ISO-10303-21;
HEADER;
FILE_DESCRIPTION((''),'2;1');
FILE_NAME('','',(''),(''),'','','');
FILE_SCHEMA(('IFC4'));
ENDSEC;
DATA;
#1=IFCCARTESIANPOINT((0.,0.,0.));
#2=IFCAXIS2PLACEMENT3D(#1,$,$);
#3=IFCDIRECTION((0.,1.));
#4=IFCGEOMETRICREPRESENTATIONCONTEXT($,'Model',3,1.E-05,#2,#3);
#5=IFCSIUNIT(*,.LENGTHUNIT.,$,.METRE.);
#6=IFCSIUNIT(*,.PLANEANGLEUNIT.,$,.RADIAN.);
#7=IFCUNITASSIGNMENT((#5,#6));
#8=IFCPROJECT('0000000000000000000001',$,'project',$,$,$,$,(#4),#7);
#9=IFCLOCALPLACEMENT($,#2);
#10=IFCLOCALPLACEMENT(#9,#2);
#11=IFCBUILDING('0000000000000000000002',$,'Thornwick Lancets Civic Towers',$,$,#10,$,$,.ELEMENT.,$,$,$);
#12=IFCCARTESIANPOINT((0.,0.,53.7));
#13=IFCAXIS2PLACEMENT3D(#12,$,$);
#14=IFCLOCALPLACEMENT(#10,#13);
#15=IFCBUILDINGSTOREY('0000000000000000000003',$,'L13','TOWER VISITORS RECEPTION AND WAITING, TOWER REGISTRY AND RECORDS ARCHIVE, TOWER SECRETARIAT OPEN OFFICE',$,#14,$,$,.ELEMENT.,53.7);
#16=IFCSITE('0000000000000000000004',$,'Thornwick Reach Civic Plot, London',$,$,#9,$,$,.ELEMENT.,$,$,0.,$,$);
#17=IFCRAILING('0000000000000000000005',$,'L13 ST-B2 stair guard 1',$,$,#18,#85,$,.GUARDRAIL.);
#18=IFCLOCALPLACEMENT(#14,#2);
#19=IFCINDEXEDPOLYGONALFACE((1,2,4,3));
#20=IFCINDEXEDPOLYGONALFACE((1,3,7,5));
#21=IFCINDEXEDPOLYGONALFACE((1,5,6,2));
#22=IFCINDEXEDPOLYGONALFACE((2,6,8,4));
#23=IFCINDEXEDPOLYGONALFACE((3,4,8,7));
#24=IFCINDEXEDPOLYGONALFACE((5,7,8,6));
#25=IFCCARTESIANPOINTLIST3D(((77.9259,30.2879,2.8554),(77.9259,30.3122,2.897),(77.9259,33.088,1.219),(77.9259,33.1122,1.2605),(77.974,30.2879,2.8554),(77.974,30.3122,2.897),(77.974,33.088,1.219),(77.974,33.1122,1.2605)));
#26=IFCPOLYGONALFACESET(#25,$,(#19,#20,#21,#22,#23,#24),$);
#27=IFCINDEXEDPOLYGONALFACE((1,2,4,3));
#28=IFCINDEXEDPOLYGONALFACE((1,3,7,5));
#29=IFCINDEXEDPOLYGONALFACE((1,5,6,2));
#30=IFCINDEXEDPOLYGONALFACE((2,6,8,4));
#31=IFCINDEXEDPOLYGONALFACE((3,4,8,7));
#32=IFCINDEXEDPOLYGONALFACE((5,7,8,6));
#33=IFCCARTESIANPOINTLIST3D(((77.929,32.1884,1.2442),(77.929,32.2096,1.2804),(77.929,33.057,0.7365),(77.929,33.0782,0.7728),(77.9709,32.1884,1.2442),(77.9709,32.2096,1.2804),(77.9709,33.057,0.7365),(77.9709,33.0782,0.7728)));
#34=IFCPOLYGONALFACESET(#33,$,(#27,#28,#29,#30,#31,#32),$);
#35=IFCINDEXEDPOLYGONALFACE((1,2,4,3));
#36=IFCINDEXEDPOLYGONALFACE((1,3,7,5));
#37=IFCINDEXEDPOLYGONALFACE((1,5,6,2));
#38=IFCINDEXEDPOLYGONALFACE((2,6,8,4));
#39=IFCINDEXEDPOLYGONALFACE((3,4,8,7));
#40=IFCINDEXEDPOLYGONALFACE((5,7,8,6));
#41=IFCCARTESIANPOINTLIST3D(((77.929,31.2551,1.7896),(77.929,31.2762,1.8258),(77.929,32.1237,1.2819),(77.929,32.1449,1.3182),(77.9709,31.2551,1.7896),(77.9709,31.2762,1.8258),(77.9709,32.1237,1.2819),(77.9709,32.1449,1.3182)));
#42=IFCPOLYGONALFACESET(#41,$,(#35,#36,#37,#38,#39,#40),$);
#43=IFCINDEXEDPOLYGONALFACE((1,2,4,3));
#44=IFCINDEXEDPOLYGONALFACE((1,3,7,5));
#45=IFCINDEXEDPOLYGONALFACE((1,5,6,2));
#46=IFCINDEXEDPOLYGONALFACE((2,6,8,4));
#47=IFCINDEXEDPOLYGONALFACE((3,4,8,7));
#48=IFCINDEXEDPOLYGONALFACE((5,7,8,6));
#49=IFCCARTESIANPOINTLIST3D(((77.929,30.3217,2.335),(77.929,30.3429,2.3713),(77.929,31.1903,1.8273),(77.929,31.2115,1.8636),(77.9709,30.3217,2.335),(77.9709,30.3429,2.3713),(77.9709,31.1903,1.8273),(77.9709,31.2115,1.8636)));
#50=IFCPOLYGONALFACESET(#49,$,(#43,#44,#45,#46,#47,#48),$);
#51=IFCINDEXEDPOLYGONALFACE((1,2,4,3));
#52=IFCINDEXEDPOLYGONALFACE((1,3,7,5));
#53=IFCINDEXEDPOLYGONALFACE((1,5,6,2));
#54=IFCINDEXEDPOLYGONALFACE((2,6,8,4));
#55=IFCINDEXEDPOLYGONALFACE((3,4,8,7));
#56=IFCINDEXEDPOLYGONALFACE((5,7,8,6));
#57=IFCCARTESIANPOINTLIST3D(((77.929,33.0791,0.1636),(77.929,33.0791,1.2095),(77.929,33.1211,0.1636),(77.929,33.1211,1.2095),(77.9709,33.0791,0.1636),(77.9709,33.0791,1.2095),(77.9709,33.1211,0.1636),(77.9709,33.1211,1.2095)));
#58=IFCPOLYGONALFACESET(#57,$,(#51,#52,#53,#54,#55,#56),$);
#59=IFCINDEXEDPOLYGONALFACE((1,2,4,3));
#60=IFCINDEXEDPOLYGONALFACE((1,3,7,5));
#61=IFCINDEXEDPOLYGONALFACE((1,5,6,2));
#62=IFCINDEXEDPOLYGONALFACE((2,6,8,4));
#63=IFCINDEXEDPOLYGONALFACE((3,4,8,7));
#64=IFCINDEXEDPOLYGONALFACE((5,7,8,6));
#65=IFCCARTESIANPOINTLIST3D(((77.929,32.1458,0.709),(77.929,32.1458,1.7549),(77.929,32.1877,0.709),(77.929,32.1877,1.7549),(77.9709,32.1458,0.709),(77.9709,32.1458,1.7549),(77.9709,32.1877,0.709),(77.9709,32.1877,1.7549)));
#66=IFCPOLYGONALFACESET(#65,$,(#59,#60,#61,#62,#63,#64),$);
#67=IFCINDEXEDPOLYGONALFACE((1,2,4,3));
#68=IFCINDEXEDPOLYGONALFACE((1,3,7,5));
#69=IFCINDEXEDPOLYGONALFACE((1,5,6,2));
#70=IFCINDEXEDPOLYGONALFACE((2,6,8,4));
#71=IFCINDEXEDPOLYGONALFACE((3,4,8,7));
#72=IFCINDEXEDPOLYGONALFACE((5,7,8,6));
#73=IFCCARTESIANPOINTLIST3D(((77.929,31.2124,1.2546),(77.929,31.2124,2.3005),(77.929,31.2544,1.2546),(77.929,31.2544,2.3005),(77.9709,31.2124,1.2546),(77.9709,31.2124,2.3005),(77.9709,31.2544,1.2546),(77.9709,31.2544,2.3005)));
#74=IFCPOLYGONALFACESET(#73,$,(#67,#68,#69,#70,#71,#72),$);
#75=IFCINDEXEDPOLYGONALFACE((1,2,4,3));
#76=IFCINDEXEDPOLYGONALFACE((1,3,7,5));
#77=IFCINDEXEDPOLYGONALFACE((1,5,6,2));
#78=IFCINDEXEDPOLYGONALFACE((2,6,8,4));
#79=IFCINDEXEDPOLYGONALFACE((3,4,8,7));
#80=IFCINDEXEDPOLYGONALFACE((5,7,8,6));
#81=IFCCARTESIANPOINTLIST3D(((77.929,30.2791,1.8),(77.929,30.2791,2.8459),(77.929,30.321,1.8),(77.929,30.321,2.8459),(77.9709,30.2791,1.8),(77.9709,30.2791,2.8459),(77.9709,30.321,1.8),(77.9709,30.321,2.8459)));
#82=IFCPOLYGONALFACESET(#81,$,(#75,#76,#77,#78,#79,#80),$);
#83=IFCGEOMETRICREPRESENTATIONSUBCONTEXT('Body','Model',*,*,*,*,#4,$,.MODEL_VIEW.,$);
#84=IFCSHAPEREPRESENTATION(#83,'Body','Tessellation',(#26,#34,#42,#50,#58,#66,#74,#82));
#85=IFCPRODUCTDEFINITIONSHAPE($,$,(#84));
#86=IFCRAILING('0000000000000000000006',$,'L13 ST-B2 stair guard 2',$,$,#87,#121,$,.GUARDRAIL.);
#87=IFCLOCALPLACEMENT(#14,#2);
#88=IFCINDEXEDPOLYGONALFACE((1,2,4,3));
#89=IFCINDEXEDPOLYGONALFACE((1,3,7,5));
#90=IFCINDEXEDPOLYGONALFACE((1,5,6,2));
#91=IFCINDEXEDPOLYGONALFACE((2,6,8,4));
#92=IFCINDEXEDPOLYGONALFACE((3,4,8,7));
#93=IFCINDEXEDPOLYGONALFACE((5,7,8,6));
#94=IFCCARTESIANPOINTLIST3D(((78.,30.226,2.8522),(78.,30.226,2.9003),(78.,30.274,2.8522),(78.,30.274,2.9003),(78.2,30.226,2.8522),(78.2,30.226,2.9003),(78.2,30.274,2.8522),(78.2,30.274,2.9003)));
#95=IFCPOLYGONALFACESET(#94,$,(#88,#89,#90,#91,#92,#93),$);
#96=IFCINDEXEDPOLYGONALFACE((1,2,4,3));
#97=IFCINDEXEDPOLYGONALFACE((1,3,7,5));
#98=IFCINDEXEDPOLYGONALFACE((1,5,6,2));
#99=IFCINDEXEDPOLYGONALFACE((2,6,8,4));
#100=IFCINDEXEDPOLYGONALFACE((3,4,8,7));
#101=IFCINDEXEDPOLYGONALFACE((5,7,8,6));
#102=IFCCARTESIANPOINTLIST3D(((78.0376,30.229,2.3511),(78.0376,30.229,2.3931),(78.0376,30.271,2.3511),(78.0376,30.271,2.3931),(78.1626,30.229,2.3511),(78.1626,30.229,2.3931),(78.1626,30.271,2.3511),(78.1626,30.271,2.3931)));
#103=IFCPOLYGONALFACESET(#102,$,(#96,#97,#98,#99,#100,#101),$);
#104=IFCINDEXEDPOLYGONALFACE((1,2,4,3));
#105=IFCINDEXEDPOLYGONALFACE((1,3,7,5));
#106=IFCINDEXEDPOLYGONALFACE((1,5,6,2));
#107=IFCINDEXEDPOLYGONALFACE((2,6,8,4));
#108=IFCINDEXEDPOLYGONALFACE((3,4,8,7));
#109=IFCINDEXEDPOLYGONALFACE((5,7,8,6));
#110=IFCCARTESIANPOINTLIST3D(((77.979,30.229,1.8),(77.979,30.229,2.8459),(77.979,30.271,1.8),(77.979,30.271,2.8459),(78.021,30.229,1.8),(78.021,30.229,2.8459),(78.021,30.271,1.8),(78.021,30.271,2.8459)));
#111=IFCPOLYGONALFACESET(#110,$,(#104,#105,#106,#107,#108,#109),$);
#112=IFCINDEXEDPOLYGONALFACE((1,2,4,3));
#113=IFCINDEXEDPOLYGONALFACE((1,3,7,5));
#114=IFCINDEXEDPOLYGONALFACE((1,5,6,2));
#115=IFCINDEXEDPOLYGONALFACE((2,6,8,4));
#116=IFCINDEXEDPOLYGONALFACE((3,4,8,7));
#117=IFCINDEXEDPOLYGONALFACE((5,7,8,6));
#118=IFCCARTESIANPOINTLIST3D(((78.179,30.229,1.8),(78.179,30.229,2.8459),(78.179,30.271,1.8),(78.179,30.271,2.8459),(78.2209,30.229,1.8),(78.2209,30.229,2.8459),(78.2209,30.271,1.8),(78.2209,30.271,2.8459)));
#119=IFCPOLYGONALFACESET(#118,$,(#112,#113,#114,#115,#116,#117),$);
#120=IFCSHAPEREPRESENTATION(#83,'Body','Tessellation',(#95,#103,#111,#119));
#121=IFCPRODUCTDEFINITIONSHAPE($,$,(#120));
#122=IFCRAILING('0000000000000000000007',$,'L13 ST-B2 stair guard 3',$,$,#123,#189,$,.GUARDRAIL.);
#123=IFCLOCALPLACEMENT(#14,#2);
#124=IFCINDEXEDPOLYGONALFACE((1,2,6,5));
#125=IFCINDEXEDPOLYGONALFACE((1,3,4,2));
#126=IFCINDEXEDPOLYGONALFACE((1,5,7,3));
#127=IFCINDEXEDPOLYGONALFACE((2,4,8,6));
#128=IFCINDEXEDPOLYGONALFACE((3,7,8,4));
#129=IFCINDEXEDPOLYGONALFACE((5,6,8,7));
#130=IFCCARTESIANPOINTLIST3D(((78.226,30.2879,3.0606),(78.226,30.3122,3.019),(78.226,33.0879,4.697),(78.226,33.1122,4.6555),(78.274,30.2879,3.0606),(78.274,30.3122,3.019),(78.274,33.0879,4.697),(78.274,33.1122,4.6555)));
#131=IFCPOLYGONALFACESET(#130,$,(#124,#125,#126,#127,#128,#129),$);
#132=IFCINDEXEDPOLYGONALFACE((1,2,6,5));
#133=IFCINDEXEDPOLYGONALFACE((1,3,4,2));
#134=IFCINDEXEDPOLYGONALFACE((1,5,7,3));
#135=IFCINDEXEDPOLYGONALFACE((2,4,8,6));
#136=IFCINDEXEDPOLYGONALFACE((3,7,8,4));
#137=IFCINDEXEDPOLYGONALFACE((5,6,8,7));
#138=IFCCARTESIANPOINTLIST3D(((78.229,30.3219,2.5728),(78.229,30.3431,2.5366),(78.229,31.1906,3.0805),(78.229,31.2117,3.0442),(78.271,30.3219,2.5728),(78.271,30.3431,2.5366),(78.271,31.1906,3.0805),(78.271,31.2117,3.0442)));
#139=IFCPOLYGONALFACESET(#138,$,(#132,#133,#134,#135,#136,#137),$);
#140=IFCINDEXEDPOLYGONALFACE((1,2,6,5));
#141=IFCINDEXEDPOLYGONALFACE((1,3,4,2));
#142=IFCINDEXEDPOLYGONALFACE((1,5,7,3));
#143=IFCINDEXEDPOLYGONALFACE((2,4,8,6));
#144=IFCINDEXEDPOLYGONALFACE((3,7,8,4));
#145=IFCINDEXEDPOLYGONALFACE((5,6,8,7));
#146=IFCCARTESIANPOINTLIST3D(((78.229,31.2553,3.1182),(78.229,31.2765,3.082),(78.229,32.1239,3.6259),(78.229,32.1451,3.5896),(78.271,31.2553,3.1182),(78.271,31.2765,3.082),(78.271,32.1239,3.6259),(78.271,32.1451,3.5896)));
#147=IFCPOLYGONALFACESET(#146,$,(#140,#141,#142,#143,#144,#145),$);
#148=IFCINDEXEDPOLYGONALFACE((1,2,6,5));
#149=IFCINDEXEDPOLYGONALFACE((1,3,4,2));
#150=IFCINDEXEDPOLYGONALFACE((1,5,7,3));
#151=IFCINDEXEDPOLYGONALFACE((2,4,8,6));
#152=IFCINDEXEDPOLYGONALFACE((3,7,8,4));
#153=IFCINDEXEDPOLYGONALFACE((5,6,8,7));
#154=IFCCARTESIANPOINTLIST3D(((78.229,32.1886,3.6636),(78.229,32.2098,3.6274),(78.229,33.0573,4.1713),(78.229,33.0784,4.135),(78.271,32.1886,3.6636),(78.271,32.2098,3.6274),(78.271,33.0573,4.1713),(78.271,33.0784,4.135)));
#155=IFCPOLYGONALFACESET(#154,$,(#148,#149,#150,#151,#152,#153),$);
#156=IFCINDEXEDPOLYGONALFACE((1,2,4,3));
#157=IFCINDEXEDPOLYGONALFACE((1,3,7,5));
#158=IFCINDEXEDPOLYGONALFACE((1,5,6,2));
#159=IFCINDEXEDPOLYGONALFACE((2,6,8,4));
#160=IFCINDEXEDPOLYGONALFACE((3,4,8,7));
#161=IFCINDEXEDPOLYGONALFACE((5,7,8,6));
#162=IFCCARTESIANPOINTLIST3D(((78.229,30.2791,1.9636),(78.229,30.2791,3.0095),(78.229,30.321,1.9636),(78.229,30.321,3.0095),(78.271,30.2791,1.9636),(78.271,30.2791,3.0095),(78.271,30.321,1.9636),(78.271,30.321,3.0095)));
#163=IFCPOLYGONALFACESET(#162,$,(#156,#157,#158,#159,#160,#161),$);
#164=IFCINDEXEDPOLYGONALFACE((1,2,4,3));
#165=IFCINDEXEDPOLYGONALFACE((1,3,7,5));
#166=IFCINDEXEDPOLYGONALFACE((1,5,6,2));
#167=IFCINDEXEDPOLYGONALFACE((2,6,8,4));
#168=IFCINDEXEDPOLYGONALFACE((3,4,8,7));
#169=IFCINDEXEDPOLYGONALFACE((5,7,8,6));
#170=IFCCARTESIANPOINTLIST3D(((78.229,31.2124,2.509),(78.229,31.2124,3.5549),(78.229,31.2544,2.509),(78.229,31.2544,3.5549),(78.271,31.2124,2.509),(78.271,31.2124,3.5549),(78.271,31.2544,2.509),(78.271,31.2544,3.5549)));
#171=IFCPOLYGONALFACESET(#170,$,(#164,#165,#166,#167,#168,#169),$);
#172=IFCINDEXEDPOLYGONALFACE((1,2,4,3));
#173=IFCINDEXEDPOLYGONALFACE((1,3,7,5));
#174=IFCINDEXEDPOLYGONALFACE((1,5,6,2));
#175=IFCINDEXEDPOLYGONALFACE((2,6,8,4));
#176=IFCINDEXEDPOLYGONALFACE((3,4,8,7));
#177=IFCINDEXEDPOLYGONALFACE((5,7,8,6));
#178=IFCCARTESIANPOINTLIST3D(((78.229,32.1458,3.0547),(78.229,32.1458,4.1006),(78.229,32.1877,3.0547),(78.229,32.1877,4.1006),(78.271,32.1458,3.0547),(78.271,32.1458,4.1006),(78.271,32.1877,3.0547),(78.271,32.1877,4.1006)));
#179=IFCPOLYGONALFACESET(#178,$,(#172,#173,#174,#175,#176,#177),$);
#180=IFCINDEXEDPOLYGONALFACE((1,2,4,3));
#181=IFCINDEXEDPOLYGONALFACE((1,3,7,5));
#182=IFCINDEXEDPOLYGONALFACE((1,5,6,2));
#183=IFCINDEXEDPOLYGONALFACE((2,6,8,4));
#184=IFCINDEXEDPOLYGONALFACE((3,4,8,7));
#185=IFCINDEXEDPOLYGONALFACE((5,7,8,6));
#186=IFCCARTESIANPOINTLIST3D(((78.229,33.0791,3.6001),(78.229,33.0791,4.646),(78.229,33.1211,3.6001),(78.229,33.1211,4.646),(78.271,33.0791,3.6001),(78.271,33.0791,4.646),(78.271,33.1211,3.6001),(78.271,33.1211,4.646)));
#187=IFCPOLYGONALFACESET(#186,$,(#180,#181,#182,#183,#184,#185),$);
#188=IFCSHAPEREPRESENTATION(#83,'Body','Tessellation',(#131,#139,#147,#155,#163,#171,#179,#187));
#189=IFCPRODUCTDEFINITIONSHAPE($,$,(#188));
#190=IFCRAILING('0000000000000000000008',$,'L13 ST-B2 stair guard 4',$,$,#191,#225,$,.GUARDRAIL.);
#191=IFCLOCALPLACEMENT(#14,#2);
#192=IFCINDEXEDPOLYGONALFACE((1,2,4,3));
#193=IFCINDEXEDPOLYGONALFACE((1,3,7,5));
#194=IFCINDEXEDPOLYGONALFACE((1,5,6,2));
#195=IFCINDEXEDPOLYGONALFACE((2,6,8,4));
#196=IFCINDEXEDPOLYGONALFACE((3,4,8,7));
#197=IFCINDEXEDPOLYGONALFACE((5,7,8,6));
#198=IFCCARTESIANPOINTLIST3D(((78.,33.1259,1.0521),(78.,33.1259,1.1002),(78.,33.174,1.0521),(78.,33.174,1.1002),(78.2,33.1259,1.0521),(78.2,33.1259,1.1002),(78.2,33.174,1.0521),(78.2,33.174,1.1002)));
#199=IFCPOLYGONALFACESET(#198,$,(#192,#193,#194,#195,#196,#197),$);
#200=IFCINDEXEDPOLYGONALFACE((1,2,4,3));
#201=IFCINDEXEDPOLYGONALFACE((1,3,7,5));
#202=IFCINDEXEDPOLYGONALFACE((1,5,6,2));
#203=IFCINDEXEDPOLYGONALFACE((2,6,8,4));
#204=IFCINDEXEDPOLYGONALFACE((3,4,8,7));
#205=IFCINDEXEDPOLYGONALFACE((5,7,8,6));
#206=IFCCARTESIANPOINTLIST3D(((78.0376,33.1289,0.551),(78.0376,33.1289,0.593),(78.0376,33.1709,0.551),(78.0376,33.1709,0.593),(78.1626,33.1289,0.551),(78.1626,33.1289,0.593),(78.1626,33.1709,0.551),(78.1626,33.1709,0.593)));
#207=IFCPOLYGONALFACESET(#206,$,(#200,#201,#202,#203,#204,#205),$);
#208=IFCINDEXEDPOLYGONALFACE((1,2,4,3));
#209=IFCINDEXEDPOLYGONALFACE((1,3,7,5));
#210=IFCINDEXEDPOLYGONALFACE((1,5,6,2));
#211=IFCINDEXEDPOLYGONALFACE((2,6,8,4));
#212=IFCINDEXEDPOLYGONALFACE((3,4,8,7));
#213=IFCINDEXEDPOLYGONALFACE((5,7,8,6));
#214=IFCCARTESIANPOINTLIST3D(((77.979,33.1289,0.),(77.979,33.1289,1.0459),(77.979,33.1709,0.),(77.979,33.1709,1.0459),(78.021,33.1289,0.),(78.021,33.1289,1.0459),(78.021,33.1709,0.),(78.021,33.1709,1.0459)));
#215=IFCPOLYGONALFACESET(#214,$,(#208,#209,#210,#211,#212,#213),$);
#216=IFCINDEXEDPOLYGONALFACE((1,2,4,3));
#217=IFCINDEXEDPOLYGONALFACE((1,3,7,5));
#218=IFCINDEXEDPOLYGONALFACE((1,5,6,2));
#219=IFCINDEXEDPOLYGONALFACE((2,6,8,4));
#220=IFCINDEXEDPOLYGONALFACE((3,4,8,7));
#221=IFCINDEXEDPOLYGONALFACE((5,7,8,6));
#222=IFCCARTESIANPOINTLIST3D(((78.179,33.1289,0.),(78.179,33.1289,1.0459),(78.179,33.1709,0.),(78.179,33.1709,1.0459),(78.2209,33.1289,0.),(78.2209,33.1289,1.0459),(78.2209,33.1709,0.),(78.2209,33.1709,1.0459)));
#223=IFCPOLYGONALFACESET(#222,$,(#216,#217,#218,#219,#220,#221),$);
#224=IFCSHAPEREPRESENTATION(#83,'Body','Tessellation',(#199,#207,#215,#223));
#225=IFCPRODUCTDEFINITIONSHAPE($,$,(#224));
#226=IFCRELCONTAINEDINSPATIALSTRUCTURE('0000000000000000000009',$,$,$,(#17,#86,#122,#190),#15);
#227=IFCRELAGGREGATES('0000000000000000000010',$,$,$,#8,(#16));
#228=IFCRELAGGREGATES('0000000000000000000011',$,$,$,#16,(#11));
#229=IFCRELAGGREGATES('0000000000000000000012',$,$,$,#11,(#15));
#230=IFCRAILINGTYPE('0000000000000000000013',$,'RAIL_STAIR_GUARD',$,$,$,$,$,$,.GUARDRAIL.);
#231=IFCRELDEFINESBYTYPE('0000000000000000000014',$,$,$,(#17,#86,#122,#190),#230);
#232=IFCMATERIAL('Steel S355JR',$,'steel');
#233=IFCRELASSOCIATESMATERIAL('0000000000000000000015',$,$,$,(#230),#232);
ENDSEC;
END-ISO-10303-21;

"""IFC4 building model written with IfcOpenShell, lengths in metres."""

from ifc_helpers import new_model, si_unit, direction, frame, origin, origin_2d, place, context, subcontext, project, spatial, rectangle, extrude, material, type_object, element, save


model = new_model("IFC4")

# Units and contexts
model_context = context("Model", 3, precision=1e-05, world=origin(), true_north=direction((0.0, 1.0)))
body_context = subcontext(model_context, "Body", "Model", "MODEL_VIEW")
ifc_project = project(units=[si_unit("LENGTHUNIT", "METRE"), si_unit("PLANEANGLEUNIT", "RADIAN")], contexts=[model_context])

# Site, building, storey
site_placement = place(None, origin())
site = spatial("IfcSite", under=ifc_project, at=site_placement, Name="Thornwick Reach Civic Plot, London", CompositionType="ELEMENT", RefElevation=0.0)
building_placement = place(site_placement, origin())
building = spatial("IfcBuilding", under=site, at=building_placement, Name="Thornwick Lancets Civic Towers", CompositionType="ELEMENT")
storey_placement = place(building_placement, frame((0.0, 0.0, 53.7)))
storey = spatial("IfcBuildingStorey", under=building, at=storey_placement, Name="L13", Description="TOWER VISITORS RECEPTION AND WAITING, TOWER REGISTRY AND RECORDS ARCHIVE, TOWER SECRETARIAT OPEN OFFICE", CompositionType="ELEMENT", Elevation=53.7)

# Shared definitions
ifc_material_1 = material(Name="Steel S355JR", Category="steel")

# Railings
railing_type_1 = type_object("IfcRailingType", Name="RAIL_STAIR_GUARD", PredefinedType="GUARDRAIL", material=ifc_material_1)
railing_1_placement = place(storey_placement, frame((77.95, 33.1001, 0.1636)))
element("IfcRailing", 1, at=railing_1_placement, inside=storey, type_object=railing_type_1, Name="L13 ST-B2 stair guard 1", PredefinedType="GUARDRAIL", context=body_context, shape_type="SweptSolid", body=[
    extrude(rectangle(XDim=0.0481, YDim=0.0481, at=origin_2d()), frame((0.0, 0.0, 1.0762), z_axis=(0.0, -0.863361, 0.504587), x_axis=(1.0, 0.0, 0.0)), (0.0, 0.0, 1.0), 3.2432),
    extrude(rectangle(XDim=0.042, YDim=0.042, at=origin_2d()), frame((0.0, -0.0325, 0.5911), z_axis=(0.0, -0.863361, 0.504587), x_axis=(1.0, 0.0, 0.0)), (0.0, 0.0, 1.0), 1.0061),
    extrude(rectangle(XDim=0.042, YDim=0.042, at=origin_2d()), frame((0.0, -0.9658, 1.1365), z_axis=(0.0, -0.863361, 0.504587), x_axis=(1.0, 0.0, 0.0)), (0.0, 0.0, 1.0), 1.0061),
    extrude(rectangle(XDim=0.042, YDim=0.042, at=origin_2d()), frame((0.0, -1.8992, 1.6819), z_axis=(0.0, -0.863361, 0.504587), x_axis=(1.0, 0.0, 0.0)), (0.0, 0.0, 1.0), 1.0061),
    extrude(rectangle(XDim=0.042, YDim=0.042, at=origin_2d()), origin(), (0.0, 0.0, 1.0), 1.0459),
    extrude(rectangle(XDim=0.042, YDim=0.042, at=origin_2d()), frame((0.0, -0.9333, 0.5454)), (0.0, 0.0, 1.0), 1.0459),
    extrude(rectangle(XDim=0.042, YDim=0.042, at=origin_2d()), frame((0.0, -1.8667, 1.0911)), (0.0, 0.0, 1.0), 1.0459),
    extrude(rectangle(XDim=0.042, YDim=0.042, at=origin_2d()), frame((0.0, -2.8, 1.6365)), (0.0, 0.0, 1.0), 1.0459),
])
railing_2_placement = place(storey_placement, frame((78.0, 30.25, 1.8)))
element("IfcRailing", 2, at=railing_2_placement, inside=storey, type_object=railing_type_1, Name="L13 ST-B2 stair guard 2", PredefinedType="GUARDRAIL", context=body_context, shape_type="SweptSolid", body=[
    extrude(rectangle(XDim=0.0481, YDim=0.0481, at=origin_2d()), frame((0.0, 0.0, 1.0762), z_axis=(1.0, 0.0, 0.0), x_axis=(0.0, 1.0, 0.0)), (0.0, 0.0, 1.0), 0.2),
    extrude(rectangle(XDim=0.042, YDim=0.042, at=origin_2d()), frame((0.0376, 0.0, 0.572), z_axis=(1.0, 0.0, 0.0), x_axis=(0.0, 1.0, 0.0)), (0.0, 0.0, 1.0), 0.125),
    extrude(rectangle(XDim=0.042, YDim=0.042, at=origin_2d()), origin(), (0.0, 0.0, 1.0), 1.0459),
    extrude(rectangle(XDim=0.042, YDim=0.042, at=origin_2d()), frame((0.2, 0.0, 0.0)), (0.0, 0.0, 1.0), 1.0459),
])
railing_3_placement = place(storey_placement, frame((78.25, 30.3, 1.9636)))
element("IfcRailing", 3, at=railing_3_placement, inside=storey, type_object=railing_type_1, Name="L13 ST-B2 stair guard 3", PredefinedType="GUARDRAIL", context=body_context, shape_type="SweptSolid", body=[
    extrude(rectangle(XDim=0.0481, YDim=0.0481, at=origin_2d()), frame((0.0, 0.0, 1.0762), z_axis=(0.0, 0.863361, 0.504587), x_axis=(-1.0, 0.0, 0.0)), (0.0, 0.0, 1.0), 3.2432),
    extrude(rectangle(XDim=0.042, YDim=0.042, at=origin_2d()), frame((0.0, 0.0325, 0.5911), z_axis=(0.0, 0.863361, 0.504587), x_axis=(-1.0, 0.0, 0.0)), (0.0, 0.0, 1.0), 1.0061),
    extrude(rectangle(XDim=0.042, YDim=0.042, at=origin_2d()), frame((0.0, 0.9658, 1.1365), z_axis=(0.0, 0.863361, 0.504587), x_axis=(-1.0, 0.0, 0.0)), (0.0, 0.0, 1.0), 1.0061),
    extrude(rectangle(XDim=0.042, YDim=0.042, at=origin_2d()), frame((0.0, 1.8992, 1.6819), z_axis=(0.0, 0.863361, 0.504587), x_axis=(-1.0, 0.0, 0.0)), (0.0, 0.0, 1.0), 1.0061),
    extrude(rectangle(XDim=0.042, YDim=0.042, at=origin_2d()), origin(), (0.0, 0.0, 1.0), 1.0459),
    extrude(rectangle(XDim=0.042, YDim=0.042, at=origin_2d()), frame((0.0, 0.9333, 0.5454)), (0.0, 0.0, 1.0), 1.0459),
    extrude(rectangle(XDim=0.042, YDim=0.042, at=origin_2d()), frame((0.0, 1.8667, 1.0911)), (0.0, 0.0, 1.0), 1.0459),
    extrude(rectangle(XDim=0.042, YDim=0.042, at=origin_2d()), frame((0.0, 2.8, 1.6365)), (0.0, 0.0, 1.0), 1.0459),
])
railing_4_placement = place(storey_placement, frame((78.0, 33.1499, 0.0)))
element("IfcRailing", 4, at=railing_4_placement, inside=storey, type_object=railing_type_1, Name="L13 ST-B2 stair guard 4", PredefinedType="GUARDRAIL", context=body_context, shape_type="SweptSolid", body=[
    extrude(rectangle(XDim=0.0481, YDim=0.0481, at=origin_2d()), frame((0.0, 0.0, 1.0762), z_axis=(1.0, 0.0, 0.0), x_axis=(0.0, 1.0, 0.0)), (0.0, 0.0, 1.0), 0.2),
    extrude(rectangle(XDim=0.042, YDim=0.042, at=origin_2d()), frame((0.0376, 0.0, 0.572), z_axis=(1.0, 0.0, 0.0), x_axis=(0.0, 1.0, 0.0)), (0.0, 0.0, 1.0), 0.125),
    extrude(rectangle(XDim=0.042, YDim=0.042, at=origin_2d()), origin(), (0.0, 0.0, 1.0), 1.0459),
    extrude(rectangle(XDim=0.042, YDim=0.042, at=origin_2d()), frame((0.2, 0.0, 0.0)), (0.0, 0.0, 1.0), 1.0459),
])

save(model, "model.ifc")
